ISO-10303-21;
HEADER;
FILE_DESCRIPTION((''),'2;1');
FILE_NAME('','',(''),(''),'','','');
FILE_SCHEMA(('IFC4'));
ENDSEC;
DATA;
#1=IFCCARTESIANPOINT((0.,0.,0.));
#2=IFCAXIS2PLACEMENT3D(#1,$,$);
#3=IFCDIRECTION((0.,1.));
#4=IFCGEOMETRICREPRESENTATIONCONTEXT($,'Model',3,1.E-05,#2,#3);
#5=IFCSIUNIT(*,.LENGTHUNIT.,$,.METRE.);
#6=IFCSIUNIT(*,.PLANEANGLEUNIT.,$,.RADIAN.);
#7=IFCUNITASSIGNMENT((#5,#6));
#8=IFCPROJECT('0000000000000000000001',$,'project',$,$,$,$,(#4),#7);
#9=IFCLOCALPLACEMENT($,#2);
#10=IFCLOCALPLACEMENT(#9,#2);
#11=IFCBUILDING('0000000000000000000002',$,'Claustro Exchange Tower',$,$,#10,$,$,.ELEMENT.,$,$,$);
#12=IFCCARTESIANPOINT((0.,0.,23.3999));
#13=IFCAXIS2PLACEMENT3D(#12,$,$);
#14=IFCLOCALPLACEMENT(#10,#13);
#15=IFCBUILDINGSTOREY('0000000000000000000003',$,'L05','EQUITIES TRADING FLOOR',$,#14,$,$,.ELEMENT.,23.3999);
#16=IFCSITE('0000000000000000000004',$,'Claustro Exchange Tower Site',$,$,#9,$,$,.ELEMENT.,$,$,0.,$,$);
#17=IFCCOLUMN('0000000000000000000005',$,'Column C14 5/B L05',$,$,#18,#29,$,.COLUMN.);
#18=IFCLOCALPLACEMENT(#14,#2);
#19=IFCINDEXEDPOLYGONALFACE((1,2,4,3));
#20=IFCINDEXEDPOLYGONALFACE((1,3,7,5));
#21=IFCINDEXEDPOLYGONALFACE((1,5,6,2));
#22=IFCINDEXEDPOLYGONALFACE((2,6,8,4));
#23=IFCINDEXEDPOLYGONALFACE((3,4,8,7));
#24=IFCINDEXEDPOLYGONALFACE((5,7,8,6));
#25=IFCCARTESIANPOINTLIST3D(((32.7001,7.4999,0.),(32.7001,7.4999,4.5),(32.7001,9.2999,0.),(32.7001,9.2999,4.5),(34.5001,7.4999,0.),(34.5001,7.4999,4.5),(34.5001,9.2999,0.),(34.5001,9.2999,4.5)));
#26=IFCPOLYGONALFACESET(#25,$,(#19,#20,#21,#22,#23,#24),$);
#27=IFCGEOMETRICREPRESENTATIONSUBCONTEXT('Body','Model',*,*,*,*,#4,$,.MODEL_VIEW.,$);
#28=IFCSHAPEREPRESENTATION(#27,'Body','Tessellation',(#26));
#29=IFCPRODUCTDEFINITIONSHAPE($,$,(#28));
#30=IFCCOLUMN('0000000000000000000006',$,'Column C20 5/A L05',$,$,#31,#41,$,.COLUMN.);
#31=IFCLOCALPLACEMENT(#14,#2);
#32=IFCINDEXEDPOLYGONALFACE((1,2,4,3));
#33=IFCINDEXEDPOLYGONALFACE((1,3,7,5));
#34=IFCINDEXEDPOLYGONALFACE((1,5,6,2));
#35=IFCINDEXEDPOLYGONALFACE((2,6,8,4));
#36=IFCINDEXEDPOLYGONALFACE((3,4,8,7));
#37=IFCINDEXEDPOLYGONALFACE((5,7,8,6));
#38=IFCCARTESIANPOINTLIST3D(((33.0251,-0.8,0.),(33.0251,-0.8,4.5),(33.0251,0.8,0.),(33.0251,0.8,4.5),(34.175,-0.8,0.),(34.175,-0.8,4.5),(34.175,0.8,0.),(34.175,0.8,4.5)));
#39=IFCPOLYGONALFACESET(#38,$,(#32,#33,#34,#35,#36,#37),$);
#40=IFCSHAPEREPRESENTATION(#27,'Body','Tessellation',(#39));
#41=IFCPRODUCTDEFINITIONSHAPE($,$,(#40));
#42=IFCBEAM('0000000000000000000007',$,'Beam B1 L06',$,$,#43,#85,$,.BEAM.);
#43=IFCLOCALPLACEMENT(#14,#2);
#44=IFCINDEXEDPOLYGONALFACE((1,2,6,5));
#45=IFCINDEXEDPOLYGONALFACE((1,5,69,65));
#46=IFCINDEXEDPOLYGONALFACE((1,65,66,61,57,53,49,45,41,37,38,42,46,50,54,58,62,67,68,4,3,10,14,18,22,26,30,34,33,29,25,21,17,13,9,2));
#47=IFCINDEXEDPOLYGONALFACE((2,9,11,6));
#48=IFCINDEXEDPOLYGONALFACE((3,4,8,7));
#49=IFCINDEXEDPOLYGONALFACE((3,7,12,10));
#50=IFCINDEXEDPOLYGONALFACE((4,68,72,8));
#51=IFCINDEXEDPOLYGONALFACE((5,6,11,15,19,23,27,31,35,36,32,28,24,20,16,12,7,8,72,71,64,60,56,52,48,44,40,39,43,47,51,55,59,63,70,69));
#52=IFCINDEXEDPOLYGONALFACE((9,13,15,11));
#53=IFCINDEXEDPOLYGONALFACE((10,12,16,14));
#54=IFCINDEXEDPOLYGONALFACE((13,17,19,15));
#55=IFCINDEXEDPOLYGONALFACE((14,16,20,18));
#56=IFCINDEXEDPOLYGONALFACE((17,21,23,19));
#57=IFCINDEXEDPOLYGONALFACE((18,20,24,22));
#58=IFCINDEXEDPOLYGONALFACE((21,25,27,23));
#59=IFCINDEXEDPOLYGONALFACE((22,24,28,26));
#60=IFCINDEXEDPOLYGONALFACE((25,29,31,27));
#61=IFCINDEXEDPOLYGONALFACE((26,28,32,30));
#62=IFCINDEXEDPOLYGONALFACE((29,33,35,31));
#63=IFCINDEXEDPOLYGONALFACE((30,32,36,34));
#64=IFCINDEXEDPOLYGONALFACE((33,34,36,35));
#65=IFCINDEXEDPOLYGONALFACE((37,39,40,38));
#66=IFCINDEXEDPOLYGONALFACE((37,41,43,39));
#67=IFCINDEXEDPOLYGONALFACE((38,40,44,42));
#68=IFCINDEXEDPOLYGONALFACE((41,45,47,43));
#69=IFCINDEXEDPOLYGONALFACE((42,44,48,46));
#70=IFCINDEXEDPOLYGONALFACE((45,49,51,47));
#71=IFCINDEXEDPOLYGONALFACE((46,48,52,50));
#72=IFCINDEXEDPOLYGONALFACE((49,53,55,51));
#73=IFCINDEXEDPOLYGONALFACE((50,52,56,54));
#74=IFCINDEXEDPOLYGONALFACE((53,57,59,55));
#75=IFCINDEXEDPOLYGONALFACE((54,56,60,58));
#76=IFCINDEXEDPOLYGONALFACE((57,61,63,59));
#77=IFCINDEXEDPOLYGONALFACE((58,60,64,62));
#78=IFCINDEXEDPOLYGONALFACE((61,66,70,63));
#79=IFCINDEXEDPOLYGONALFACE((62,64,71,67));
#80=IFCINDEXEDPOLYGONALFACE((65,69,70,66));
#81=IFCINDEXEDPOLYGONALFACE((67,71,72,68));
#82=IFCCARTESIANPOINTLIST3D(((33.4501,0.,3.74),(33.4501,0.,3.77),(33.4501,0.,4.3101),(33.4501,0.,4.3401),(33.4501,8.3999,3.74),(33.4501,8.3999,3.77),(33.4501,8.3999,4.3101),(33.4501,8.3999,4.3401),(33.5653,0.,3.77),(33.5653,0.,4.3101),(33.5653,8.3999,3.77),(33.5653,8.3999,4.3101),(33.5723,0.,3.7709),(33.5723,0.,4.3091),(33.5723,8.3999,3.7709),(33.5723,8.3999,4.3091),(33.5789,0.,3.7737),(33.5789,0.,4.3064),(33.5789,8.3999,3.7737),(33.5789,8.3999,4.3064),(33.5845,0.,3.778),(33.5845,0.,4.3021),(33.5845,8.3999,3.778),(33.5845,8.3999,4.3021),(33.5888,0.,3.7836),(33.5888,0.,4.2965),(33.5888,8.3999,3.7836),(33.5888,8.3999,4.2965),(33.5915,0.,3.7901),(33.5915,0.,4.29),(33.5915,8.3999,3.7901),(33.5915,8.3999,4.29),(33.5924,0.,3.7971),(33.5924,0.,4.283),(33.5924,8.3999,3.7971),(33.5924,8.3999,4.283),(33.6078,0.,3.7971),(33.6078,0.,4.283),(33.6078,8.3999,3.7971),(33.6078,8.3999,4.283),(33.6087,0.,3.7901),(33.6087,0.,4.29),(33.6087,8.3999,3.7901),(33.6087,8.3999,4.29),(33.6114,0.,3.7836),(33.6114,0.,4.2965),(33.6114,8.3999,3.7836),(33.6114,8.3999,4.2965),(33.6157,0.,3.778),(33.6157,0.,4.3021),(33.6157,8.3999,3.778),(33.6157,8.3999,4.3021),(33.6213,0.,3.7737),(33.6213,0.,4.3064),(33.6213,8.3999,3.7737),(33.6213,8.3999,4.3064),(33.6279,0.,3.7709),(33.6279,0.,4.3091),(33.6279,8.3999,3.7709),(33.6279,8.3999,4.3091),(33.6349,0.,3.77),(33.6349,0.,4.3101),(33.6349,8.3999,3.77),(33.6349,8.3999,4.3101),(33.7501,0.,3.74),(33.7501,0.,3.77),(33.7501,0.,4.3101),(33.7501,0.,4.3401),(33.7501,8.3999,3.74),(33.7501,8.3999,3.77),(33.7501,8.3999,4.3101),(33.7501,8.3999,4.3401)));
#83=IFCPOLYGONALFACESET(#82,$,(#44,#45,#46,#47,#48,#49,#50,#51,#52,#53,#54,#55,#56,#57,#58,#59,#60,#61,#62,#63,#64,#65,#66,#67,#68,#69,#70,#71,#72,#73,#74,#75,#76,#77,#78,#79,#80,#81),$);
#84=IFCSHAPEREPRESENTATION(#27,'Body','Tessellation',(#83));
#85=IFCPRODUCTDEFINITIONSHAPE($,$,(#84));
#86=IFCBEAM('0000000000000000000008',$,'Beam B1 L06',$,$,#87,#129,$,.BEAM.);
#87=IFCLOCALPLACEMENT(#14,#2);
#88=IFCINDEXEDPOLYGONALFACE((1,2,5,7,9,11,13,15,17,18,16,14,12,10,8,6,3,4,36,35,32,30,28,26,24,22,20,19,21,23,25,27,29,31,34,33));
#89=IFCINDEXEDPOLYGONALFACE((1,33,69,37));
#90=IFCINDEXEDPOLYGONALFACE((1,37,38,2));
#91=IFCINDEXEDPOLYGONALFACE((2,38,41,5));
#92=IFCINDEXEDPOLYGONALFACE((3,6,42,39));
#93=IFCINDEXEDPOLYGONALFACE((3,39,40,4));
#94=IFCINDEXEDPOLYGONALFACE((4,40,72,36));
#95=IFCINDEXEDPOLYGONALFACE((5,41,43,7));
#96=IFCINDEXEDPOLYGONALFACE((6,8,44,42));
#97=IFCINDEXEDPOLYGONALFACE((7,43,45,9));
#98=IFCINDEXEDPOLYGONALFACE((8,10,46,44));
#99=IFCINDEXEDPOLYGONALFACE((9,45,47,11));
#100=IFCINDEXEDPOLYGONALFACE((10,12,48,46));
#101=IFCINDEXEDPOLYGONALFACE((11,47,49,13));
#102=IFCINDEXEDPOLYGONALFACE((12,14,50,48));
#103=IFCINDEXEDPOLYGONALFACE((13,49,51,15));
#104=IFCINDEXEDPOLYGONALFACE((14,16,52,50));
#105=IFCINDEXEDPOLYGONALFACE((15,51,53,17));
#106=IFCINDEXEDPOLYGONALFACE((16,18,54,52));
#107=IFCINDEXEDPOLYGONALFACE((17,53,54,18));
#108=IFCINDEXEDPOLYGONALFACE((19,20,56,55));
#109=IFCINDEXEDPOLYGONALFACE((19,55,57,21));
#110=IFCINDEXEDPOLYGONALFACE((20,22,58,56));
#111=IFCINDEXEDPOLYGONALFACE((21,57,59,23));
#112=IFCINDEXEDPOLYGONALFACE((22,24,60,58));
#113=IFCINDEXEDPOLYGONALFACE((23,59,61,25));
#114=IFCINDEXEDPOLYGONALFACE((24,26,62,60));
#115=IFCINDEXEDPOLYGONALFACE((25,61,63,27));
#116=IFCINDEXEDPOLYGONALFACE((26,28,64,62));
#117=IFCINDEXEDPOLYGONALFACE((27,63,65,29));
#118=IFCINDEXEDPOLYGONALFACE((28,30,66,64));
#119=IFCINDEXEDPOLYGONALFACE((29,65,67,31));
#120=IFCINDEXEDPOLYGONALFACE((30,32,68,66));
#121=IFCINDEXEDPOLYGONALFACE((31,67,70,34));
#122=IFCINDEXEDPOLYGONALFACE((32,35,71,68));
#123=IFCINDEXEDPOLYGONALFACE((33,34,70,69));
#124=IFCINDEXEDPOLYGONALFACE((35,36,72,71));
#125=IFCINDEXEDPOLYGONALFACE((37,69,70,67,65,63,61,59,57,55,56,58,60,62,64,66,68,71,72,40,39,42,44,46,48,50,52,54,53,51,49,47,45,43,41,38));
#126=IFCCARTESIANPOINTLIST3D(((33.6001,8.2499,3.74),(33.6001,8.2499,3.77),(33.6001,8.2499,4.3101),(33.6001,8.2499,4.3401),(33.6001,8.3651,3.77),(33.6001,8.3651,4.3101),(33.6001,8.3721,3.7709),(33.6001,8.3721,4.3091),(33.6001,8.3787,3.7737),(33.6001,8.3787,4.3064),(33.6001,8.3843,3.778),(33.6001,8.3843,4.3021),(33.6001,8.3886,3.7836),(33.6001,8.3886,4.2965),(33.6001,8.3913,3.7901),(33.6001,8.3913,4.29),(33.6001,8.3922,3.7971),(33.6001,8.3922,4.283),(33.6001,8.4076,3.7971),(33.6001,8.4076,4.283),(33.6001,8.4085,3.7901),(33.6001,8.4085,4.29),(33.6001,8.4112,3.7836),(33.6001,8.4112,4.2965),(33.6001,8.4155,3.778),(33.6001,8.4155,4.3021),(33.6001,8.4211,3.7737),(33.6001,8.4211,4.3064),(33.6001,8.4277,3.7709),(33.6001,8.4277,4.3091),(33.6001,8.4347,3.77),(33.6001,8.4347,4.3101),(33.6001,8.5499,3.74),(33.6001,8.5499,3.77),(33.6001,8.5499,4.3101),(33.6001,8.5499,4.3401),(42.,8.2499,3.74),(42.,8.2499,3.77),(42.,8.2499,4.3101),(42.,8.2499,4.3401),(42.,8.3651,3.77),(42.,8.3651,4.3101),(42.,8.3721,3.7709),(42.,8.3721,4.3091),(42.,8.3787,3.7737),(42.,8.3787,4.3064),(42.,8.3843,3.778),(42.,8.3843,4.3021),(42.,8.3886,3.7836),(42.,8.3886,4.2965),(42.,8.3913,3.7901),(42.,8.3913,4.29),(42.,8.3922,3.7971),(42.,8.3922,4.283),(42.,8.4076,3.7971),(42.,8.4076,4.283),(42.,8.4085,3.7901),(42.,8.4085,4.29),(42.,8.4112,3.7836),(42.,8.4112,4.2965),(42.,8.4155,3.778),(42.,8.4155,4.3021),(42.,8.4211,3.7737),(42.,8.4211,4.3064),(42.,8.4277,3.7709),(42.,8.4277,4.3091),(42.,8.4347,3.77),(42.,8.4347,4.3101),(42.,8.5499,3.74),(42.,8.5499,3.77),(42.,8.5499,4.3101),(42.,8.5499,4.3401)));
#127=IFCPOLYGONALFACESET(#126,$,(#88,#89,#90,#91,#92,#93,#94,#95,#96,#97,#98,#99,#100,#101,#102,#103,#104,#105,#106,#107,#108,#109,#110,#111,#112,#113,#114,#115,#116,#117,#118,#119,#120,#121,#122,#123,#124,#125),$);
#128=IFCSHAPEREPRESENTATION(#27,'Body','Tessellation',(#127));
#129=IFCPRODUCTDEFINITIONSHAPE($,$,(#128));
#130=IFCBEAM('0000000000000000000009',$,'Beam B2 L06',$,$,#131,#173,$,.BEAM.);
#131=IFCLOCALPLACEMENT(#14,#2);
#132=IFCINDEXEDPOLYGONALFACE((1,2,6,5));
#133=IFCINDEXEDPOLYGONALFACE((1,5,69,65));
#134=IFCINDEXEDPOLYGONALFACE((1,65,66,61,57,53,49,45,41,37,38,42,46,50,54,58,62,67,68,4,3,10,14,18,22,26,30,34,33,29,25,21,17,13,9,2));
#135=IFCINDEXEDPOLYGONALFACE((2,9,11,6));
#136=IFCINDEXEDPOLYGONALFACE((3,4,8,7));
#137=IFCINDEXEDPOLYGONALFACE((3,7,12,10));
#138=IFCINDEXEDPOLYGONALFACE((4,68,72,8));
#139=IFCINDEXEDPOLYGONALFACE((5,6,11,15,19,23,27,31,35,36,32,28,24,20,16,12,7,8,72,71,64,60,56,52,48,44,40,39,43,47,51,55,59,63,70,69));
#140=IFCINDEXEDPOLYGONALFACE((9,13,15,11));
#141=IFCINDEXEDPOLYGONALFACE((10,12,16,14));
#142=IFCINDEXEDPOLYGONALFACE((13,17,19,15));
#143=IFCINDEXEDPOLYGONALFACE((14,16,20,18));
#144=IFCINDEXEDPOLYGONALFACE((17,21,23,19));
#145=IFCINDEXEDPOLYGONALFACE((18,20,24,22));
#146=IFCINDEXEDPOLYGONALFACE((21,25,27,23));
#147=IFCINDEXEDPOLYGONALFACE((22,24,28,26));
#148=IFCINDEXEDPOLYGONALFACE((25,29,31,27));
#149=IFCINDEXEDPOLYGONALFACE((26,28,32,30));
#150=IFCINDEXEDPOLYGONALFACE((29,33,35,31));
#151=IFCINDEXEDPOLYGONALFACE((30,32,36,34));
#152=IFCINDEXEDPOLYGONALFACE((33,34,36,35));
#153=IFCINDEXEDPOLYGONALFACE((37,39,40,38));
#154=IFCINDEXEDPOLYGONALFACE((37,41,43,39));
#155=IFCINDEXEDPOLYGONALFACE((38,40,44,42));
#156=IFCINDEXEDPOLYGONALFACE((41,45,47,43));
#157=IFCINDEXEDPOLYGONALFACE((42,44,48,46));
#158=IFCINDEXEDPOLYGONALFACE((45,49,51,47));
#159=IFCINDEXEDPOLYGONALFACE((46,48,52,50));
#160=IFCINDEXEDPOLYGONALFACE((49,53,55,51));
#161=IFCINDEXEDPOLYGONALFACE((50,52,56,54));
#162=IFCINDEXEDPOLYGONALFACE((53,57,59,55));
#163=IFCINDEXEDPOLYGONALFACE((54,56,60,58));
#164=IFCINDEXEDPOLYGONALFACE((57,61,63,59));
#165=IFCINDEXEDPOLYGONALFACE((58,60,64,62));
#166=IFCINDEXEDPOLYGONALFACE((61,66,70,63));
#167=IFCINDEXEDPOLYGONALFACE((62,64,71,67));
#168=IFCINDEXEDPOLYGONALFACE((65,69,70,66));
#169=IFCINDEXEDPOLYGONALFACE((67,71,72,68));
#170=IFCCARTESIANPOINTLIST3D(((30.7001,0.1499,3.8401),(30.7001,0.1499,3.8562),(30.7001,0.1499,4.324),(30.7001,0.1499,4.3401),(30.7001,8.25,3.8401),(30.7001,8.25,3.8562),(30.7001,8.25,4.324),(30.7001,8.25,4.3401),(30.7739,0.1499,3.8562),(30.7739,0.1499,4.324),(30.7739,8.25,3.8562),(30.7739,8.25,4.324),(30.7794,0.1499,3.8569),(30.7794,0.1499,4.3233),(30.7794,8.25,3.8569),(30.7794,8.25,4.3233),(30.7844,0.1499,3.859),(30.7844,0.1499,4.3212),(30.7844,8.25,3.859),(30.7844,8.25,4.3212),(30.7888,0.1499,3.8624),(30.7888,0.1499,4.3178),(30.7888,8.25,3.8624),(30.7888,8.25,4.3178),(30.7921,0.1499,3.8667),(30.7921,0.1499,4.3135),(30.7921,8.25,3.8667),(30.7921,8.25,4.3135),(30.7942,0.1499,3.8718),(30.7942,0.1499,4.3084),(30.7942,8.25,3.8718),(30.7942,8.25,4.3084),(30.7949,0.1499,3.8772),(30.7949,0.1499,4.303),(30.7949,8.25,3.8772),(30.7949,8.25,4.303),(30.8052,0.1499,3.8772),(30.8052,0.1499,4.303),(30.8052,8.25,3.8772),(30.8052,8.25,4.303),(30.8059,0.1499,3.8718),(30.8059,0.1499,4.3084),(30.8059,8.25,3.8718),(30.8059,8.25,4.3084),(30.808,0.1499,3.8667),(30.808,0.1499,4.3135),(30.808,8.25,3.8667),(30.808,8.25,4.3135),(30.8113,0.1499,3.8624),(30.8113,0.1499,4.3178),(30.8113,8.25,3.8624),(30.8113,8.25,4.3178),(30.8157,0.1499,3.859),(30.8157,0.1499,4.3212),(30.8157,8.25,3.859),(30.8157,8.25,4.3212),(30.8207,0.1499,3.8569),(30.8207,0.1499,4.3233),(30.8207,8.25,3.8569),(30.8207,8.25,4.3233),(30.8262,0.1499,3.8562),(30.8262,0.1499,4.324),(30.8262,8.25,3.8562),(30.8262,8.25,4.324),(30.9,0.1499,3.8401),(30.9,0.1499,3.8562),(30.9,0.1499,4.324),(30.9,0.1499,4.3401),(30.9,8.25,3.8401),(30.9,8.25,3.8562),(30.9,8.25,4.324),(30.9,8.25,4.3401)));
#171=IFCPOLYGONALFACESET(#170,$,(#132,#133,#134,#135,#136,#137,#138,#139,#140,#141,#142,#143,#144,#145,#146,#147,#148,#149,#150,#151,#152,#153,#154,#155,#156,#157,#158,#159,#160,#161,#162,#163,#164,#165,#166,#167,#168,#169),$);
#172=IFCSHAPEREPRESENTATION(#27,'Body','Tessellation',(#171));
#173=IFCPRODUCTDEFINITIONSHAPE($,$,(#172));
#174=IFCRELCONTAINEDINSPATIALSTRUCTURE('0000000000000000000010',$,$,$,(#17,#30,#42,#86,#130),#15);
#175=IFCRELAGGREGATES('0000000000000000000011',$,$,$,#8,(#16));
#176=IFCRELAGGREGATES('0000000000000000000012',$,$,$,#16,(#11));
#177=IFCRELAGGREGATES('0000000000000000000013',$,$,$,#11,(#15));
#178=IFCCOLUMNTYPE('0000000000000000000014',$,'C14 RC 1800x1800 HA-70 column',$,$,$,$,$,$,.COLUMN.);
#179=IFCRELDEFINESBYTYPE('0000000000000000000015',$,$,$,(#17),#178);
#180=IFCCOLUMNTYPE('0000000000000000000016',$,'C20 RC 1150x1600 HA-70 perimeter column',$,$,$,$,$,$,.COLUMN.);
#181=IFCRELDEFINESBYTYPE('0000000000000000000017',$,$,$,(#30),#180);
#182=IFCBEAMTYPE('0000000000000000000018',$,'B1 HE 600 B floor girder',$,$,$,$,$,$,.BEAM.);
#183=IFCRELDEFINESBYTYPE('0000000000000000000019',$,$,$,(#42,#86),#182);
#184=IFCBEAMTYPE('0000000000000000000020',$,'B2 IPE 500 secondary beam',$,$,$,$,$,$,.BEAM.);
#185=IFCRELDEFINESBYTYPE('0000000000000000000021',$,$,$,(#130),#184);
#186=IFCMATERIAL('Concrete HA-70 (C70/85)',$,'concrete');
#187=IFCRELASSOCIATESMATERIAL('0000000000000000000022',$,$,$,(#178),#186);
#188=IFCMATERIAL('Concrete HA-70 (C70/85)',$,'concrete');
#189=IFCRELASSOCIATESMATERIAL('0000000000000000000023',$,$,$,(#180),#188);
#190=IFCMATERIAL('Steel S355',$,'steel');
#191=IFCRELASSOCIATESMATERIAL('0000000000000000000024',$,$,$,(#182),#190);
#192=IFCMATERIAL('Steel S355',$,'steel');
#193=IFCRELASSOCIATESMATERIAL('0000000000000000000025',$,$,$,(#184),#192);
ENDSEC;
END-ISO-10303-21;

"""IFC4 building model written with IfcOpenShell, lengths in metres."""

from ifc_helpers import new_model, si_unit, direction, frame, origin, origin_2d, place, context, subcontext, project, spatial, rectangle, i_section, extrude, material, material_profile, profile_set, type_object, element, save


model = new_model("IFC4")

# Units and contexts
model_context = context("Model", 3, precision=1e-05, world=origin(), true_north=direction((0.0, 1.0)))
body_context = subcontext(model_context, "Body", "Model", "MODEL_VIEW")
ifc_project = project(units=[si_unit("LENGTHUNIT", "METRE"), si_unit("PLANEANGLEUNIT", "RADIAN")], contexts=[model_context])

# Site, building, storey
site_placement = place(None, origin())
site = spatial("IfcSite", under=ifc_project, at=site_placement, Name="Claustro Exchange Tower Site", CompositionType="ELEMENT", RefElevation=0.0)
building_placement = place(site_placement, origin())
building = spatial("IfcBuilding", under=site, at=building_placement, Name="Claustro Exchange Tower", CompositionType="ELEMENT")
storey_placement = place(building_placement, frame((0.0, 0.0, 23.3999)))
storey = spatial("IfcBuildingStorey", under=building, at=storey_placement, Name="L05", Description="EQUITIES TRADING FLOOR", CompositionType="ELEMENT", Elevation=23.3999)

# Columns
ifc_material_1 = material(Name="Concrete HA-70 (C70/85)", Category="concrete")
ifc_material_profile_1 = material_profile(ifc_material_1, rectangle(XDim=1.8, YDim=1.8, at=origin_2d()), Name="RC 1800x1800")
ifc_profile_set_1 = profile_set([ifc_material_profile_1], Name="Concrete HA-70 (C70/85)")
column_type_1 = type_object("IfcColumnType", Name="C14 RC 1800x1800 HA-70 column", PredefinedType="COLUMN", material=ifc_profile_set_1)
column_1_placement = place(storey_placement, frame((33.6001, 8.3999, 0.0), z_axis=(0.0, 0.0, 1.0), x_axis=(1.0, 0.0, 0.0)))
element("IfcColumn", 1, at=column_1_placement, inside=storey, type_object=column_type_1, Name="Column C14 5/B L05", PredefinedType="COLUMN", context=body_context, shape_type="SweptSolid", body=[
    extrude(rectangle(XDim=1.8, YDim=1.8, at=origin_2d()), origin(), (0.0, 0.0, 1.0), 4.5),
])
ifc_material_2 = material(Name="Concrete HA-70 (C70/85)", Category="concrete")
ifc_material_profile_2 = material_profile(ifc_material_2, rectangle(XDim=1.1499, YDim=1.6001, at=origin_2d()), Name="RC 1150x1600")
ifc_profile_set_2 = profile_set([ifc_material_profile_2], Name="Concrete HA-70 (C70/85)")
column_type_2 = type_object("IfcColumnType", Name="C20 RC 1150x1600 HA-70 perimeter column", PredefinedType="COLUMN", material=ifc_profile_set_2)
column_2_placement = place(storey_placement, frame((33.6001, 0.0, 0.0), z_axis=(0.0, 0.0, 1.0), x_axis=(1.0, 0.0, 0.0)))
element("IfcColumn", 2, at=column_2_placement, inside=storey, type_object=column_type_2, Name="Column C20 5/A L05", PredefinedType="COLUMN", context=body_context, shape_type="SweptSolid", body=[
    extrude(rectangle(XDim=1.1499, YDim=1.6001, at=origin_2d()), origin(), (0.0, 0.0, 1.0), 4.5),
])

# Beams
ifc_material_3 = material(Name="Steel S355", Category="steel")
ifc_material_profile_3 = material_profile(ifc_material_3, i_section(OverallWidth=0.3, OverallDepth=0.6001, WebThickness=0.0154, FlangeThickness=0.03, FilletRadius=0.0271, at=origin_2d()), Name="HE 600 B")
ifc_profile_set_3 = profile_set([ifc_material_profile_3], Name="Steel S355")
beam_type_1 = type_object("IfcBeamType", Name="B1 HE 600 B floor girder", PredefinedType="BEAM", material=ifc_profile_set_3)
for number, where, z_axis, x_axis, name in (
    (3, (33.6001, 0.0, 4.04), (0.0, 1.0, 0.0), (-1.0, 0.0, 0.0), "Beam B1 L06"),
    (4, (33.6001, 8.3999, 4.04), (1.0, 0.0, 0.0), (0.0, 1.0, 0.0), "Beam B1 L06"),
):
    element("IfcBeam", number, at=place(storey_placement, frame(where, z_axis=z_axis, x_axis=x_axis)), inside=storey, type_object=beam_type_1, Name=name, PredefinedType="BEAM", context=body_context, shape_type="SweptSolid", body=[
        extrude(i_section(OverallWidth=0.3, OverallDepth=0.6001, WebThickness=0.0154, FlangeThickness=0.03, FilletRadius=0.0271, at=origin_2d()), origin(), (0.0, 0.0, 1.0), 8.3999),
    ])
ifc_material_4 = material(Name="Steel S355", Category="steel")
ifc_material_profile_4 = material_profile(ifc_material_4, i_section(OverallWidth=0.2, OverallDepth=0.5, WebThickness=0.0103, FlangeThickness=0.0161, FilletRadius=0.021, at=origin_2d()), Name="IPE 500")
ifc_profile_set_4 = profile_set([ifc_material_profile_4], Name="Steel S355")
beam_type_2 = type_object("IfcBeamType", Name="B2 IPE 500 secondary beam", PredefinedType="BEAM", material=ifc_profile_set_4)
beam_1_placement = place(storey_placement, frame((30.8, 0.1499, 4.0901), z_axis=(0.0, 1.0, 0.0), x_axis=(-1.0, 0.0, 0.0)))
element("IfcBeam", 5, at=beam_1_placement, inside=storey, type_object=beam_type_2, Name="Beam B2 L06", PredefinedType="BEAM", context=body_context, shape_type="SweptSolid", body=[
    extrude(i_section(OverallWidth=0.2, OverallDepth=0.5, WebThickness=0.0103, FlangeThickness=0.0161, FilletRadius=0.021, at=origin_2d()), origin(), (0.0, 0.0, 1.0), 8.1001),
])

save(model, "model.ifc")
